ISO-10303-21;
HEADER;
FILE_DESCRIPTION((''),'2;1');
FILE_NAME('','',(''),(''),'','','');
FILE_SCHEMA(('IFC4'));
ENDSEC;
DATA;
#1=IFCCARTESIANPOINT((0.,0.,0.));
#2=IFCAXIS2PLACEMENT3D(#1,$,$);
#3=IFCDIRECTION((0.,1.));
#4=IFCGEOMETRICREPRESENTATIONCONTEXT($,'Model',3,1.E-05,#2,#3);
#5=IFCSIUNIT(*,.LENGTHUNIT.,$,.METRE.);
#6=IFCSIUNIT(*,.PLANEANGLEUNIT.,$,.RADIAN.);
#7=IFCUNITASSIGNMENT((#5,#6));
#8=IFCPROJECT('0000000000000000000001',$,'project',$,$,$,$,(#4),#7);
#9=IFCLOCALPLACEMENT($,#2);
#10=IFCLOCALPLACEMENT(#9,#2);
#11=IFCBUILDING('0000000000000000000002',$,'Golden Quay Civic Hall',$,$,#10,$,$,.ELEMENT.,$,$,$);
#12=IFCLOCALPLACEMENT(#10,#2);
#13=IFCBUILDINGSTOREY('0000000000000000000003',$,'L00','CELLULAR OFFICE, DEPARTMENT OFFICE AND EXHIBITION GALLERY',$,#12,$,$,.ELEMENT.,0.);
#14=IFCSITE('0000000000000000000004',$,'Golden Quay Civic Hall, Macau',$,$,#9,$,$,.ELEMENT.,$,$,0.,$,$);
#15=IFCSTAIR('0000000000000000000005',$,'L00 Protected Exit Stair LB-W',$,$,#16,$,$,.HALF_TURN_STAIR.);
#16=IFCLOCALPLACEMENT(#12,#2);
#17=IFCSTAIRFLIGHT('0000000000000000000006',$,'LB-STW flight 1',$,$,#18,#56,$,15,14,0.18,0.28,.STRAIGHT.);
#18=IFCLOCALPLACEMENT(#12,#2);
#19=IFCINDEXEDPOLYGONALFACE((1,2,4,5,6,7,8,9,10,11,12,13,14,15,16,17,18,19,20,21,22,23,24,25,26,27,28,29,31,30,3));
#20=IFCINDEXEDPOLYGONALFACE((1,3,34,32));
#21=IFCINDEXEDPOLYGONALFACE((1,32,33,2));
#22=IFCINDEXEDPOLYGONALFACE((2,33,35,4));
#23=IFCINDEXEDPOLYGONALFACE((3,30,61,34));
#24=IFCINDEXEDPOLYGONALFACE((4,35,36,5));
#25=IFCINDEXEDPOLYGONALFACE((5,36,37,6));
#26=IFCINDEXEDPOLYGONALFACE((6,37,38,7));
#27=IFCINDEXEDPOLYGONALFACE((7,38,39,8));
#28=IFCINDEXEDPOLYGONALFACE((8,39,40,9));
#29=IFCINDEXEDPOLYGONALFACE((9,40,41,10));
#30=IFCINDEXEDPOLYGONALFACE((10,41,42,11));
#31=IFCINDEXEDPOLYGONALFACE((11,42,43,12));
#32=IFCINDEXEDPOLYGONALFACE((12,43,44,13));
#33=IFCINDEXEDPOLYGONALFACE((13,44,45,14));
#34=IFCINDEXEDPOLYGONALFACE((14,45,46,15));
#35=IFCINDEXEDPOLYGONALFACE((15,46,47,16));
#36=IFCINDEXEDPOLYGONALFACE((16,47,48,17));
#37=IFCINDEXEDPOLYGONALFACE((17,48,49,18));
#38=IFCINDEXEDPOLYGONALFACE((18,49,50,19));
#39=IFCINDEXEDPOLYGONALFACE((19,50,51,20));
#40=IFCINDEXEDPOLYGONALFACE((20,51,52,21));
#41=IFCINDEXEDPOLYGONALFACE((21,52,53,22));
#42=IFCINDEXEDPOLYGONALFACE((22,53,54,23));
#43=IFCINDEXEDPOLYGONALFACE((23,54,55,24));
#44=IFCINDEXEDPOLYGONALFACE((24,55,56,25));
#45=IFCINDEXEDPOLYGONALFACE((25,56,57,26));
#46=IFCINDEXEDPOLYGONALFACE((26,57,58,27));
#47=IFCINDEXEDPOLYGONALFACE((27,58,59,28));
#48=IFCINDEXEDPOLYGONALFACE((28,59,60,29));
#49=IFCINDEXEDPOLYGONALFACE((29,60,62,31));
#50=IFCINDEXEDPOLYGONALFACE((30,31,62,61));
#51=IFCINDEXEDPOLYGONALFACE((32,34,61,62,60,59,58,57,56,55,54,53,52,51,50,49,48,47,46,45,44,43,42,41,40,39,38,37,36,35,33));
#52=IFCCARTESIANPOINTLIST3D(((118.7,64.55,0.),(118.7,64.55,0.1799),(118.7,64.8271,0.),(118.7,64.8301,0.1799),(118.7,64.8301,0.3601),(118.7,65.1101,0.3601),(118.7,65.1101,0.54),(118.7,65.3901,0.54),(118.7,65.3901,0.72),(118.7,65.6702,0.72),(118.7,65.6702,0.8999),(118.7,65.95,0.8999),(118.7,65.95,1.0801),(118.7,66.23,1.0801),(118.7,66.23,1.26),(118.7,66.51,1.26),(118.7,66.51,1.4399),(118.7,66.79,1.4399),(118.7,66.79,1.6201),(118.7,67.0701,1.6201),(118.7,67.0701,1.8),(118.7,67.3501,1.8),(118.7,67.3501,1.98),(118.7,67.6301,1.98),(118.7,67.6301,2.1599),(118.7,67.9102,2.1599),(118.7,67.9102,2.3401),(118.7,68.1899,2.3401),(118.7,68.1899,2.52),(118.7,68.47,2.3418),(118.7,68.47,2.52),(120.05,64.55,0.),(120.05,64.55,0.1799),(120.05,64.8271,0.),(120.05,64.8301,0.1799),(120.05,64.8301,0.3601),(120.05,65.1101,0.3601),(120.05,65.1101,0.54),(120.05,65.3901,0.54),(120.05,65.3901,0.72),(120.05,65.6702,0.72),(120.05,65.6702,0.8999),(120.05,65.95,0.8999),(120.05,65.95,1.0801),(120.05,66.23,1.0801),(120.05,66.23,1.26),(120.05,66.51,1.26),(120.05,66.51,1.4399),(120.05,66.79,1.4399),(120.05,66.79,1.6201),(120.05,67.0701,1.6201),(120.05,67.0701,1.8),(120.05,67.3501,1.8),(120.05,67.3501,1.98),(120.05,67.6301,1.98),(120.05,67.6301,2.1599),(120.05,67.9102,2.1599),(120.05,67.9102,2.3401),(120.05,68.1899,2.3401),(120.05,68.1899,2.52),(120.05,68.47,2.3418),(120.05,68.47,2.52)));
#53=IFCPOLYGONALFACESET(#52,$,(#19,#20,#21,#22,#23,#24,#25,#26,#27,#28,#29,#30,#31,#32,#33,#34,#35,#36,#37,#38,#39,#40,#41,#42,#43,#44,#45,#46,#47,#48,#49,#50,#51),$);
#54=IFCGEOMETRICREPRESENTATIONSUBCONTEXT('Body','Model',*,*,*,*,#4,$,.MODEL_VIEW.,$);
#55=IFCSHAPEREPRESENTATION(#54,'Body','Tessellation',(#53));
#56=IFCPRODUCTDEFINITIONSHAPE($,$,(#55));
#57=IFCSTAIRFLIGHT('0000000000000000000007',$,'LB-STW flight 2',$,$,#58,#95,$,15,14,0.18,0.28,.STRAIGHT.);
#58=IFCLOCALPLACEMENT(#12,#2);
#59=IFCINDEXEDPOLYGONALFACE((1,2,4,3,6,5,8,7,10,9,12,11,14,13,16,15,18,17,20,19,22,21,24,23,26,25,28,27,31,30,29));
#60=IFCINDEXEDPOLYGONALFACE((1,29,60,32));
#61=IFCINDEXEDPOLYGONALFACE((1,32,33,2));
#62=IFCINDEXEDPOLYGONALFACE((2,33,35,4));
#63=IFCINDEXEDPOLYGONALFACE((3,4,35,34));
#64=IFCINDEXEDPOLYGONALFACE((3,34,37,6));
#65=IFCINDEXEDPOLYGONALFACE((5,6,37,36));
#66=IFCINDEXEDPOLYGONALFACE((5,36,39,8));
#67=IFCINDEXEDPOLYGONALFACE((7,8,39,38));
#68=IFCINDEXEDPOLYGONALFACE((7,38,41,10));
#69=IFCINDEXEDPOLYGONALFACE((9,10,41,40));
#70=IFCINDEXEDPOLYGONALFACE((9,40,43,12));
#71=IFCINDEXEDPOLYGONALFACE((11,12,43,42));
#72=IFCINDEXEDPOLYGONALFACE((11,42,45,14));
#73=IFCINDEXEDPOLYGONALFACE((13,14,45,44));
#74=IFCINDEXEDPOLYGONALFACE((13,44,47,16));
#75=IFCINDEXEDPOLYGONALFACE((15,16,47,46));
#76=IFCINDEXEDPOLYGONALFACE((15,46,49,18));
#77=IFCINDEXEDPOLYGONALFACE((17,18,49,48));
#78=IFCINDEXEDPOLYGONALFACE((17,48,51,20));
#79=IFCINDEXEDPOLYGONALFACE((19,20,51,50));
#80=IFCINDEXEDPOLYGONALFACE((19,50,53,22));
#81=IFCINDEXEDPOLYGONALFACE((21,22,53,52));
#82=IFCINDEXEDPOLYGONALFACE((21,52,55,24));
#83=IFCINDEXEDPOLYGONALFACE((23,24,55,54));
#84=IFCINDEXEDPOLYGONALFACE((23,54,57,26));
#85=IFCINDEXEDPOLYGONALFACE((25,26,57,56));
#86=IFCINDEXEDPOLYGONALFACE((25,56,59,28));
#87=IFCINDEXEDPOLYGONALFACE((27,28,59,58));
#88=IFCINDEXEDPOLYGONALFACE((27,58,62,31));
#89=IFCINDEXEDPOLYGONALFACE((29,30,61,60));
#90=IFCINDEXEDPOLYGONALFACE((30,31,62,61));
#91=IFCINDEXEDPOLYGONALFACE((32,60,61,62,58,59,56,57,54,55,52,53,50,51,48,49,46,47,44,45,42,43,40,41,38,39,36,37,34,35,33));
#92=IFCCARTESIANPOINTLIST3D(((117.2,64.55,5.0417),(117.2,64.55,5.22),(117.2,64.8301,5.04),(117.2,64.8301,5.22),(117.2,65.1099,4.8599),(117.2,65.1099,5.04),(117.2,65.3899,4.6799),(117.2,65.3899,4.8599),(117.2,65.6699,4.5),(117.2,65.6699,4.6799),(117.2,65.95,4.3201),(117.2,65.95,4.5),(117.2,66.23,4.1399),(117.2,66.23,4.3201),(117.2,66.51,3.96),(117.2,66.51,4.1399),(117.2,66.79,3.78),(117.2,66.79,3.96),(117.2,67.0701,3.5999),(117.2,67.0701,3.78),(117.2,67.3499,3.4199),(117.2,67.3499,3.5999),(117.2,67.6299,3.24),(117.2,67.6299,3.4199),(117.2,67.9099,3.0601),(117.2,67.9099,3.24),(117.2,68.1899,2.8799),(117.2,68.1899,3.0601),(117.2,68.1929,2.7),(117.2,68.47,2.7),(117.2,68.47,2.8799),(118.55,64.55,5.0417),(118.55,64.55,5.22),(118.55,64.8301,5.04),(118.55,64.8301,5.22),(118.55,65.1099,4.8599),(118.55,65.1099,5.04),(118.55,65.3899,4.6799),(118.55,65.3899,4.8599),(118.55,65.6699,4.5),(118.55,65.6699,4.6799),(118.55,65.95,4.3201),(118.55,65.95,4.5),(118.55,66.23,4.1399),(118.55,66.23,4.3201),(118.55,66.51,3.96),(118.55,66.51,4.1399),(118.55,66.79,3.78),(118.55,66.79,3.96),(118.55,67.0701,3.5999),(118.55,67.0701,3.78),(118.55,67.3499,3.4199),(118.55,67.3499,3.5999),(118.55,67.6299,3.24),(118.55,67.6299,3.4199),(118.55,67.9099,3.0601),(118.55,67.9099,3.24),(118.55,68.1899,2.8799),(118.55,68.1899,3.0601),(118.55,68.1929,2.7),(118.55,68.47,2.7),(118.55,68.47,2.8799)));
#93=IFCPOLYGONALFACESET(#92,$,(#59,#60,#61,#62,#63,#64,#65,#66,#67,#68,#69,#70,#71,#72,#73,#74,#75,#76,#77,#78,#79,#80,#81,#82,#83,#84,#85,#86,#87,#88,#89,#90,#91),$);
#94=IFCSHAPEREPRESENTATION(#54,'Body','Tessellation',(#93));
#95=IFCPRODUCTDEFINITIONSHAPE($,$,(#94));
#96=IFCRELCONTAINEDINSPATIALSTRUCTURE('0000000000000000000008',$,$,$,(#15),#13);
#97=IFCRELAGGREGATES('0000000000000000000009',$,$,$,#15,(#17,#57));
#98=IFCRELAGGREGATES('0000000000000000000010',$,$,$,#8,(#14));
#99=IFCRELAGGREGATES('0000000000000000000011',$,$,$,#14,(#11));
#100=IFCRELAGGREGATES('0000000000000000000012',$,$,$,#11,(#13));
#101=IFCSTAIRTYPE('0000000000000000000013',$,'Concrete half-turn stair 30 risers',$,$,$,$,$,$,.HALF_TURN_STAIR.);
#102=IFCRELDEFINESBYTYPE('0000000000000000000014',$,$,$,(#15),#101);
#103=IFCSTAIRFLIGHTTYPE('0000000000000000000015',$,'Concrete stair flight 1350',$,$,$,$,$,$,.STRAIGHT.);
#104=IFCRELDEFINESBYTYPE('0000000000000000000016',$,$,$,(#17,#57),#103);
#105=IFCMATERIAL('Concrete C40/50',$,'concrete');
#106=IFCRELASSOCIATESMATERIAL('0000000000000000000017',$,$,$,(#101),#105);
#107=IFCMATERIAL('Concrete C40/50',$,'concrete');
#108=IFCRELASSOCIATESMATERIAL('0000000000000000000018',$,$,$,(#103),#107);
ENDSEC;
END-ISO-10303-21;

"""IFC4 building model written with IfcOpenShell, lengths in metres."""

from ifc_helpers import new_model, si_unit, direction, frame, origin, place, context, subcontext, project, spatial, polyline, outline, extrude, material, type_object, element, aggregate, save


model = new_model("IFC4")

# Units and contexts
model_context = context("Model", 3, precision=1e-05, world=origin(), true_north=direction((0.0, 1.0)))
body_context = subcontext(model_context, "Body", "Model", "MODEL_VIEW")
ifc_project = project(units=[si_unit("LENGTHUNIT", "METRE"), si_unit("PLANEANGLEUNIT", "RADIAN")], contexts=[model_context])

# Site, building, storey
site_placement = place(None, origin())
site = spatial("IfcSite", under=ifc_project, at=site_placement, Name="Golden Quay Civic Hall, Macau", CompositionType="ELEMENT", RefElevation=0.0)
building_placement = place(site_placement, origin())
building = spatial("IfcBuilding", under=site, at=building_placement, Name="Golden Quay Civic Hall", CompositionType="ELEMENT")
storey_placement = place(building_placement, origin())
storey = spatial("IfcBuildingStorey", under=building, at=storey_placement, Name="L00", Description="CELLULAR OFFICE, DEPARTMENT OFFICE AND EXHIBITION GALLERY", CompositionType="ELEMENT", Elevation=0.0)

# Stair, stair flights
ifc_material_1 = material(Name="Concrete C40/50", Category="concrete")
stair_type = type_object("IfcStairType", Name="Concrete half-turn stair 30 risers", PredefinedType="HALF_TURN_STAIR", material=ifc_material_1)
stair_placement = place(storey_placement, origin())
stair = element("IfcStair", 1, at=stair_placement, inside=storey, type_object=stair_type, Name="L00 Protected Exit Stair LB-W", PredefinedType="HALF_TURN_STAIR")
ifc_material_2 = material(Name="Concrete C40/50", Category="concrete")
stair_flight_type = type_object("IfcStairFlightType", Name="Concrete stair flight 1350", PredefinedType="STRAIGHT", material=ifc_material_2)
stair_flight_1_placement = place(storey_placement, frame((119.375, 64.55, 0.0), z_axis=(0.0, 0.0, 1.0), x_axis=(0.0, 1.0, 0.0)))
stair_flight_1 = element("IfcStairFlight", 2, at=stair_flight_1_placement, type_object=stair_flight_type, Name="LB-STW flight 1", NumberOfRisers=15, NumberOfTreads=14, PredefinedType="STRAIGHT", RiserHeight=0.18, TreadLength=0.28, context=body_context, shape_type="SweptSolid", body=[
    extrude(outline(polyline([(0.0, 0.0), (0.0, 0.1799), (0.28, 0.1799), (0.28, 0.3601), (0.5601, 0.3601), (0.5601, 0.54), (0.8401, 0.54), (0.8401, 0.72), (1.1201, 0.72), (1.1201, 0.8999), (1.3999, 0.8999), (1.3999, 1.0801), (1.6799, 1.0801), (1.6799, 1.26), (1.96, 1.26), (1.96, 1.4399), (2.24, 1.4399), (2.24, 1.6201), (2.52, 1.6201), (2.52, 1.8), (2.8, 1.8), (2.8, 1.98), (3.0801, 1.98), (3.0801, 2.1599), (3.3601, 2.1599), (3.3601, 2.3401), (3.6399, 2.3401), (3.6399, 2.52), (3.9199, 2.52), (3.9199, 2.7), (3.9199, 2.3418), (0.2771, 0.0), (0.0, 0.0)])), frame((0.0, 0.675, 0.0), z_axis=(0.0, -1.0, 0.0), x_axis=(1.0, 0.0, 0.0)), (0.0, 0.0, 1.0), 1.35),
])
stair_flight_2_placement = place(storey_placement, frame((117.875, 68.47, 2.7), z_axis=(0.0, 0.0, 1.0), x_axis=(0.0, -1.0, 0.0)))
stair_flight_2 = element("IfcStairFlight", 3, at=stair_flight_2_placement, type_object=stair_flight_type, Name="LB-STW flight 2", NumberOfRisers=15, NumberOfTreads=14, PredefinedType="STRAIGHT", RiserHeight=0.18, TreadLength=0.28, context=body_context, shape_type="SweptSolid", body=[
    extrude(outline(polyline([(0.0, 0.0), (0.0, 0.1799), (0.28, 0.1799), (0.28, 0.3601), (0.5601, 0.3601), (0.5601, 0.54), (0.8401, 0.54), (0.8401, 0.72), (1.1201, 0.72), (1.1201, 0.8999), (1.3999, 0.8999), (1.3999, 1.0801), (1.6799, 1.0801), (1.6799, 1.26), (1.96, 1.26), (1.96, 1.4399), (2.24, 1.4399), (2.24, 1.6201), (2.52, 1.6201), (2.52, 1.8), (2.8, 1.8), (2.8, 1.98), (3.0801, 1.98), (3.0801, 2.1599), (3.3601, 2.1599), (3.3601, 2.3401), (3.6399, 2.3401), (3.6399, 2.52), (3.9199, 2.52), (3.9199, 2.7), (3.9199, 2.3418), (0.2771, 0.0), (0.0, 0.0)])), frame((0.0, 0.675, 0.0), z_axis=(0.0, -1.0, 0.0), x_axis=(1.0, 0.0, 0.0)), (0.0, 0.0, 1.0), 1.35),
])
aggregate(stair, [stair_flight_1, stair_flight_2])

save(model, "model.ifc")
